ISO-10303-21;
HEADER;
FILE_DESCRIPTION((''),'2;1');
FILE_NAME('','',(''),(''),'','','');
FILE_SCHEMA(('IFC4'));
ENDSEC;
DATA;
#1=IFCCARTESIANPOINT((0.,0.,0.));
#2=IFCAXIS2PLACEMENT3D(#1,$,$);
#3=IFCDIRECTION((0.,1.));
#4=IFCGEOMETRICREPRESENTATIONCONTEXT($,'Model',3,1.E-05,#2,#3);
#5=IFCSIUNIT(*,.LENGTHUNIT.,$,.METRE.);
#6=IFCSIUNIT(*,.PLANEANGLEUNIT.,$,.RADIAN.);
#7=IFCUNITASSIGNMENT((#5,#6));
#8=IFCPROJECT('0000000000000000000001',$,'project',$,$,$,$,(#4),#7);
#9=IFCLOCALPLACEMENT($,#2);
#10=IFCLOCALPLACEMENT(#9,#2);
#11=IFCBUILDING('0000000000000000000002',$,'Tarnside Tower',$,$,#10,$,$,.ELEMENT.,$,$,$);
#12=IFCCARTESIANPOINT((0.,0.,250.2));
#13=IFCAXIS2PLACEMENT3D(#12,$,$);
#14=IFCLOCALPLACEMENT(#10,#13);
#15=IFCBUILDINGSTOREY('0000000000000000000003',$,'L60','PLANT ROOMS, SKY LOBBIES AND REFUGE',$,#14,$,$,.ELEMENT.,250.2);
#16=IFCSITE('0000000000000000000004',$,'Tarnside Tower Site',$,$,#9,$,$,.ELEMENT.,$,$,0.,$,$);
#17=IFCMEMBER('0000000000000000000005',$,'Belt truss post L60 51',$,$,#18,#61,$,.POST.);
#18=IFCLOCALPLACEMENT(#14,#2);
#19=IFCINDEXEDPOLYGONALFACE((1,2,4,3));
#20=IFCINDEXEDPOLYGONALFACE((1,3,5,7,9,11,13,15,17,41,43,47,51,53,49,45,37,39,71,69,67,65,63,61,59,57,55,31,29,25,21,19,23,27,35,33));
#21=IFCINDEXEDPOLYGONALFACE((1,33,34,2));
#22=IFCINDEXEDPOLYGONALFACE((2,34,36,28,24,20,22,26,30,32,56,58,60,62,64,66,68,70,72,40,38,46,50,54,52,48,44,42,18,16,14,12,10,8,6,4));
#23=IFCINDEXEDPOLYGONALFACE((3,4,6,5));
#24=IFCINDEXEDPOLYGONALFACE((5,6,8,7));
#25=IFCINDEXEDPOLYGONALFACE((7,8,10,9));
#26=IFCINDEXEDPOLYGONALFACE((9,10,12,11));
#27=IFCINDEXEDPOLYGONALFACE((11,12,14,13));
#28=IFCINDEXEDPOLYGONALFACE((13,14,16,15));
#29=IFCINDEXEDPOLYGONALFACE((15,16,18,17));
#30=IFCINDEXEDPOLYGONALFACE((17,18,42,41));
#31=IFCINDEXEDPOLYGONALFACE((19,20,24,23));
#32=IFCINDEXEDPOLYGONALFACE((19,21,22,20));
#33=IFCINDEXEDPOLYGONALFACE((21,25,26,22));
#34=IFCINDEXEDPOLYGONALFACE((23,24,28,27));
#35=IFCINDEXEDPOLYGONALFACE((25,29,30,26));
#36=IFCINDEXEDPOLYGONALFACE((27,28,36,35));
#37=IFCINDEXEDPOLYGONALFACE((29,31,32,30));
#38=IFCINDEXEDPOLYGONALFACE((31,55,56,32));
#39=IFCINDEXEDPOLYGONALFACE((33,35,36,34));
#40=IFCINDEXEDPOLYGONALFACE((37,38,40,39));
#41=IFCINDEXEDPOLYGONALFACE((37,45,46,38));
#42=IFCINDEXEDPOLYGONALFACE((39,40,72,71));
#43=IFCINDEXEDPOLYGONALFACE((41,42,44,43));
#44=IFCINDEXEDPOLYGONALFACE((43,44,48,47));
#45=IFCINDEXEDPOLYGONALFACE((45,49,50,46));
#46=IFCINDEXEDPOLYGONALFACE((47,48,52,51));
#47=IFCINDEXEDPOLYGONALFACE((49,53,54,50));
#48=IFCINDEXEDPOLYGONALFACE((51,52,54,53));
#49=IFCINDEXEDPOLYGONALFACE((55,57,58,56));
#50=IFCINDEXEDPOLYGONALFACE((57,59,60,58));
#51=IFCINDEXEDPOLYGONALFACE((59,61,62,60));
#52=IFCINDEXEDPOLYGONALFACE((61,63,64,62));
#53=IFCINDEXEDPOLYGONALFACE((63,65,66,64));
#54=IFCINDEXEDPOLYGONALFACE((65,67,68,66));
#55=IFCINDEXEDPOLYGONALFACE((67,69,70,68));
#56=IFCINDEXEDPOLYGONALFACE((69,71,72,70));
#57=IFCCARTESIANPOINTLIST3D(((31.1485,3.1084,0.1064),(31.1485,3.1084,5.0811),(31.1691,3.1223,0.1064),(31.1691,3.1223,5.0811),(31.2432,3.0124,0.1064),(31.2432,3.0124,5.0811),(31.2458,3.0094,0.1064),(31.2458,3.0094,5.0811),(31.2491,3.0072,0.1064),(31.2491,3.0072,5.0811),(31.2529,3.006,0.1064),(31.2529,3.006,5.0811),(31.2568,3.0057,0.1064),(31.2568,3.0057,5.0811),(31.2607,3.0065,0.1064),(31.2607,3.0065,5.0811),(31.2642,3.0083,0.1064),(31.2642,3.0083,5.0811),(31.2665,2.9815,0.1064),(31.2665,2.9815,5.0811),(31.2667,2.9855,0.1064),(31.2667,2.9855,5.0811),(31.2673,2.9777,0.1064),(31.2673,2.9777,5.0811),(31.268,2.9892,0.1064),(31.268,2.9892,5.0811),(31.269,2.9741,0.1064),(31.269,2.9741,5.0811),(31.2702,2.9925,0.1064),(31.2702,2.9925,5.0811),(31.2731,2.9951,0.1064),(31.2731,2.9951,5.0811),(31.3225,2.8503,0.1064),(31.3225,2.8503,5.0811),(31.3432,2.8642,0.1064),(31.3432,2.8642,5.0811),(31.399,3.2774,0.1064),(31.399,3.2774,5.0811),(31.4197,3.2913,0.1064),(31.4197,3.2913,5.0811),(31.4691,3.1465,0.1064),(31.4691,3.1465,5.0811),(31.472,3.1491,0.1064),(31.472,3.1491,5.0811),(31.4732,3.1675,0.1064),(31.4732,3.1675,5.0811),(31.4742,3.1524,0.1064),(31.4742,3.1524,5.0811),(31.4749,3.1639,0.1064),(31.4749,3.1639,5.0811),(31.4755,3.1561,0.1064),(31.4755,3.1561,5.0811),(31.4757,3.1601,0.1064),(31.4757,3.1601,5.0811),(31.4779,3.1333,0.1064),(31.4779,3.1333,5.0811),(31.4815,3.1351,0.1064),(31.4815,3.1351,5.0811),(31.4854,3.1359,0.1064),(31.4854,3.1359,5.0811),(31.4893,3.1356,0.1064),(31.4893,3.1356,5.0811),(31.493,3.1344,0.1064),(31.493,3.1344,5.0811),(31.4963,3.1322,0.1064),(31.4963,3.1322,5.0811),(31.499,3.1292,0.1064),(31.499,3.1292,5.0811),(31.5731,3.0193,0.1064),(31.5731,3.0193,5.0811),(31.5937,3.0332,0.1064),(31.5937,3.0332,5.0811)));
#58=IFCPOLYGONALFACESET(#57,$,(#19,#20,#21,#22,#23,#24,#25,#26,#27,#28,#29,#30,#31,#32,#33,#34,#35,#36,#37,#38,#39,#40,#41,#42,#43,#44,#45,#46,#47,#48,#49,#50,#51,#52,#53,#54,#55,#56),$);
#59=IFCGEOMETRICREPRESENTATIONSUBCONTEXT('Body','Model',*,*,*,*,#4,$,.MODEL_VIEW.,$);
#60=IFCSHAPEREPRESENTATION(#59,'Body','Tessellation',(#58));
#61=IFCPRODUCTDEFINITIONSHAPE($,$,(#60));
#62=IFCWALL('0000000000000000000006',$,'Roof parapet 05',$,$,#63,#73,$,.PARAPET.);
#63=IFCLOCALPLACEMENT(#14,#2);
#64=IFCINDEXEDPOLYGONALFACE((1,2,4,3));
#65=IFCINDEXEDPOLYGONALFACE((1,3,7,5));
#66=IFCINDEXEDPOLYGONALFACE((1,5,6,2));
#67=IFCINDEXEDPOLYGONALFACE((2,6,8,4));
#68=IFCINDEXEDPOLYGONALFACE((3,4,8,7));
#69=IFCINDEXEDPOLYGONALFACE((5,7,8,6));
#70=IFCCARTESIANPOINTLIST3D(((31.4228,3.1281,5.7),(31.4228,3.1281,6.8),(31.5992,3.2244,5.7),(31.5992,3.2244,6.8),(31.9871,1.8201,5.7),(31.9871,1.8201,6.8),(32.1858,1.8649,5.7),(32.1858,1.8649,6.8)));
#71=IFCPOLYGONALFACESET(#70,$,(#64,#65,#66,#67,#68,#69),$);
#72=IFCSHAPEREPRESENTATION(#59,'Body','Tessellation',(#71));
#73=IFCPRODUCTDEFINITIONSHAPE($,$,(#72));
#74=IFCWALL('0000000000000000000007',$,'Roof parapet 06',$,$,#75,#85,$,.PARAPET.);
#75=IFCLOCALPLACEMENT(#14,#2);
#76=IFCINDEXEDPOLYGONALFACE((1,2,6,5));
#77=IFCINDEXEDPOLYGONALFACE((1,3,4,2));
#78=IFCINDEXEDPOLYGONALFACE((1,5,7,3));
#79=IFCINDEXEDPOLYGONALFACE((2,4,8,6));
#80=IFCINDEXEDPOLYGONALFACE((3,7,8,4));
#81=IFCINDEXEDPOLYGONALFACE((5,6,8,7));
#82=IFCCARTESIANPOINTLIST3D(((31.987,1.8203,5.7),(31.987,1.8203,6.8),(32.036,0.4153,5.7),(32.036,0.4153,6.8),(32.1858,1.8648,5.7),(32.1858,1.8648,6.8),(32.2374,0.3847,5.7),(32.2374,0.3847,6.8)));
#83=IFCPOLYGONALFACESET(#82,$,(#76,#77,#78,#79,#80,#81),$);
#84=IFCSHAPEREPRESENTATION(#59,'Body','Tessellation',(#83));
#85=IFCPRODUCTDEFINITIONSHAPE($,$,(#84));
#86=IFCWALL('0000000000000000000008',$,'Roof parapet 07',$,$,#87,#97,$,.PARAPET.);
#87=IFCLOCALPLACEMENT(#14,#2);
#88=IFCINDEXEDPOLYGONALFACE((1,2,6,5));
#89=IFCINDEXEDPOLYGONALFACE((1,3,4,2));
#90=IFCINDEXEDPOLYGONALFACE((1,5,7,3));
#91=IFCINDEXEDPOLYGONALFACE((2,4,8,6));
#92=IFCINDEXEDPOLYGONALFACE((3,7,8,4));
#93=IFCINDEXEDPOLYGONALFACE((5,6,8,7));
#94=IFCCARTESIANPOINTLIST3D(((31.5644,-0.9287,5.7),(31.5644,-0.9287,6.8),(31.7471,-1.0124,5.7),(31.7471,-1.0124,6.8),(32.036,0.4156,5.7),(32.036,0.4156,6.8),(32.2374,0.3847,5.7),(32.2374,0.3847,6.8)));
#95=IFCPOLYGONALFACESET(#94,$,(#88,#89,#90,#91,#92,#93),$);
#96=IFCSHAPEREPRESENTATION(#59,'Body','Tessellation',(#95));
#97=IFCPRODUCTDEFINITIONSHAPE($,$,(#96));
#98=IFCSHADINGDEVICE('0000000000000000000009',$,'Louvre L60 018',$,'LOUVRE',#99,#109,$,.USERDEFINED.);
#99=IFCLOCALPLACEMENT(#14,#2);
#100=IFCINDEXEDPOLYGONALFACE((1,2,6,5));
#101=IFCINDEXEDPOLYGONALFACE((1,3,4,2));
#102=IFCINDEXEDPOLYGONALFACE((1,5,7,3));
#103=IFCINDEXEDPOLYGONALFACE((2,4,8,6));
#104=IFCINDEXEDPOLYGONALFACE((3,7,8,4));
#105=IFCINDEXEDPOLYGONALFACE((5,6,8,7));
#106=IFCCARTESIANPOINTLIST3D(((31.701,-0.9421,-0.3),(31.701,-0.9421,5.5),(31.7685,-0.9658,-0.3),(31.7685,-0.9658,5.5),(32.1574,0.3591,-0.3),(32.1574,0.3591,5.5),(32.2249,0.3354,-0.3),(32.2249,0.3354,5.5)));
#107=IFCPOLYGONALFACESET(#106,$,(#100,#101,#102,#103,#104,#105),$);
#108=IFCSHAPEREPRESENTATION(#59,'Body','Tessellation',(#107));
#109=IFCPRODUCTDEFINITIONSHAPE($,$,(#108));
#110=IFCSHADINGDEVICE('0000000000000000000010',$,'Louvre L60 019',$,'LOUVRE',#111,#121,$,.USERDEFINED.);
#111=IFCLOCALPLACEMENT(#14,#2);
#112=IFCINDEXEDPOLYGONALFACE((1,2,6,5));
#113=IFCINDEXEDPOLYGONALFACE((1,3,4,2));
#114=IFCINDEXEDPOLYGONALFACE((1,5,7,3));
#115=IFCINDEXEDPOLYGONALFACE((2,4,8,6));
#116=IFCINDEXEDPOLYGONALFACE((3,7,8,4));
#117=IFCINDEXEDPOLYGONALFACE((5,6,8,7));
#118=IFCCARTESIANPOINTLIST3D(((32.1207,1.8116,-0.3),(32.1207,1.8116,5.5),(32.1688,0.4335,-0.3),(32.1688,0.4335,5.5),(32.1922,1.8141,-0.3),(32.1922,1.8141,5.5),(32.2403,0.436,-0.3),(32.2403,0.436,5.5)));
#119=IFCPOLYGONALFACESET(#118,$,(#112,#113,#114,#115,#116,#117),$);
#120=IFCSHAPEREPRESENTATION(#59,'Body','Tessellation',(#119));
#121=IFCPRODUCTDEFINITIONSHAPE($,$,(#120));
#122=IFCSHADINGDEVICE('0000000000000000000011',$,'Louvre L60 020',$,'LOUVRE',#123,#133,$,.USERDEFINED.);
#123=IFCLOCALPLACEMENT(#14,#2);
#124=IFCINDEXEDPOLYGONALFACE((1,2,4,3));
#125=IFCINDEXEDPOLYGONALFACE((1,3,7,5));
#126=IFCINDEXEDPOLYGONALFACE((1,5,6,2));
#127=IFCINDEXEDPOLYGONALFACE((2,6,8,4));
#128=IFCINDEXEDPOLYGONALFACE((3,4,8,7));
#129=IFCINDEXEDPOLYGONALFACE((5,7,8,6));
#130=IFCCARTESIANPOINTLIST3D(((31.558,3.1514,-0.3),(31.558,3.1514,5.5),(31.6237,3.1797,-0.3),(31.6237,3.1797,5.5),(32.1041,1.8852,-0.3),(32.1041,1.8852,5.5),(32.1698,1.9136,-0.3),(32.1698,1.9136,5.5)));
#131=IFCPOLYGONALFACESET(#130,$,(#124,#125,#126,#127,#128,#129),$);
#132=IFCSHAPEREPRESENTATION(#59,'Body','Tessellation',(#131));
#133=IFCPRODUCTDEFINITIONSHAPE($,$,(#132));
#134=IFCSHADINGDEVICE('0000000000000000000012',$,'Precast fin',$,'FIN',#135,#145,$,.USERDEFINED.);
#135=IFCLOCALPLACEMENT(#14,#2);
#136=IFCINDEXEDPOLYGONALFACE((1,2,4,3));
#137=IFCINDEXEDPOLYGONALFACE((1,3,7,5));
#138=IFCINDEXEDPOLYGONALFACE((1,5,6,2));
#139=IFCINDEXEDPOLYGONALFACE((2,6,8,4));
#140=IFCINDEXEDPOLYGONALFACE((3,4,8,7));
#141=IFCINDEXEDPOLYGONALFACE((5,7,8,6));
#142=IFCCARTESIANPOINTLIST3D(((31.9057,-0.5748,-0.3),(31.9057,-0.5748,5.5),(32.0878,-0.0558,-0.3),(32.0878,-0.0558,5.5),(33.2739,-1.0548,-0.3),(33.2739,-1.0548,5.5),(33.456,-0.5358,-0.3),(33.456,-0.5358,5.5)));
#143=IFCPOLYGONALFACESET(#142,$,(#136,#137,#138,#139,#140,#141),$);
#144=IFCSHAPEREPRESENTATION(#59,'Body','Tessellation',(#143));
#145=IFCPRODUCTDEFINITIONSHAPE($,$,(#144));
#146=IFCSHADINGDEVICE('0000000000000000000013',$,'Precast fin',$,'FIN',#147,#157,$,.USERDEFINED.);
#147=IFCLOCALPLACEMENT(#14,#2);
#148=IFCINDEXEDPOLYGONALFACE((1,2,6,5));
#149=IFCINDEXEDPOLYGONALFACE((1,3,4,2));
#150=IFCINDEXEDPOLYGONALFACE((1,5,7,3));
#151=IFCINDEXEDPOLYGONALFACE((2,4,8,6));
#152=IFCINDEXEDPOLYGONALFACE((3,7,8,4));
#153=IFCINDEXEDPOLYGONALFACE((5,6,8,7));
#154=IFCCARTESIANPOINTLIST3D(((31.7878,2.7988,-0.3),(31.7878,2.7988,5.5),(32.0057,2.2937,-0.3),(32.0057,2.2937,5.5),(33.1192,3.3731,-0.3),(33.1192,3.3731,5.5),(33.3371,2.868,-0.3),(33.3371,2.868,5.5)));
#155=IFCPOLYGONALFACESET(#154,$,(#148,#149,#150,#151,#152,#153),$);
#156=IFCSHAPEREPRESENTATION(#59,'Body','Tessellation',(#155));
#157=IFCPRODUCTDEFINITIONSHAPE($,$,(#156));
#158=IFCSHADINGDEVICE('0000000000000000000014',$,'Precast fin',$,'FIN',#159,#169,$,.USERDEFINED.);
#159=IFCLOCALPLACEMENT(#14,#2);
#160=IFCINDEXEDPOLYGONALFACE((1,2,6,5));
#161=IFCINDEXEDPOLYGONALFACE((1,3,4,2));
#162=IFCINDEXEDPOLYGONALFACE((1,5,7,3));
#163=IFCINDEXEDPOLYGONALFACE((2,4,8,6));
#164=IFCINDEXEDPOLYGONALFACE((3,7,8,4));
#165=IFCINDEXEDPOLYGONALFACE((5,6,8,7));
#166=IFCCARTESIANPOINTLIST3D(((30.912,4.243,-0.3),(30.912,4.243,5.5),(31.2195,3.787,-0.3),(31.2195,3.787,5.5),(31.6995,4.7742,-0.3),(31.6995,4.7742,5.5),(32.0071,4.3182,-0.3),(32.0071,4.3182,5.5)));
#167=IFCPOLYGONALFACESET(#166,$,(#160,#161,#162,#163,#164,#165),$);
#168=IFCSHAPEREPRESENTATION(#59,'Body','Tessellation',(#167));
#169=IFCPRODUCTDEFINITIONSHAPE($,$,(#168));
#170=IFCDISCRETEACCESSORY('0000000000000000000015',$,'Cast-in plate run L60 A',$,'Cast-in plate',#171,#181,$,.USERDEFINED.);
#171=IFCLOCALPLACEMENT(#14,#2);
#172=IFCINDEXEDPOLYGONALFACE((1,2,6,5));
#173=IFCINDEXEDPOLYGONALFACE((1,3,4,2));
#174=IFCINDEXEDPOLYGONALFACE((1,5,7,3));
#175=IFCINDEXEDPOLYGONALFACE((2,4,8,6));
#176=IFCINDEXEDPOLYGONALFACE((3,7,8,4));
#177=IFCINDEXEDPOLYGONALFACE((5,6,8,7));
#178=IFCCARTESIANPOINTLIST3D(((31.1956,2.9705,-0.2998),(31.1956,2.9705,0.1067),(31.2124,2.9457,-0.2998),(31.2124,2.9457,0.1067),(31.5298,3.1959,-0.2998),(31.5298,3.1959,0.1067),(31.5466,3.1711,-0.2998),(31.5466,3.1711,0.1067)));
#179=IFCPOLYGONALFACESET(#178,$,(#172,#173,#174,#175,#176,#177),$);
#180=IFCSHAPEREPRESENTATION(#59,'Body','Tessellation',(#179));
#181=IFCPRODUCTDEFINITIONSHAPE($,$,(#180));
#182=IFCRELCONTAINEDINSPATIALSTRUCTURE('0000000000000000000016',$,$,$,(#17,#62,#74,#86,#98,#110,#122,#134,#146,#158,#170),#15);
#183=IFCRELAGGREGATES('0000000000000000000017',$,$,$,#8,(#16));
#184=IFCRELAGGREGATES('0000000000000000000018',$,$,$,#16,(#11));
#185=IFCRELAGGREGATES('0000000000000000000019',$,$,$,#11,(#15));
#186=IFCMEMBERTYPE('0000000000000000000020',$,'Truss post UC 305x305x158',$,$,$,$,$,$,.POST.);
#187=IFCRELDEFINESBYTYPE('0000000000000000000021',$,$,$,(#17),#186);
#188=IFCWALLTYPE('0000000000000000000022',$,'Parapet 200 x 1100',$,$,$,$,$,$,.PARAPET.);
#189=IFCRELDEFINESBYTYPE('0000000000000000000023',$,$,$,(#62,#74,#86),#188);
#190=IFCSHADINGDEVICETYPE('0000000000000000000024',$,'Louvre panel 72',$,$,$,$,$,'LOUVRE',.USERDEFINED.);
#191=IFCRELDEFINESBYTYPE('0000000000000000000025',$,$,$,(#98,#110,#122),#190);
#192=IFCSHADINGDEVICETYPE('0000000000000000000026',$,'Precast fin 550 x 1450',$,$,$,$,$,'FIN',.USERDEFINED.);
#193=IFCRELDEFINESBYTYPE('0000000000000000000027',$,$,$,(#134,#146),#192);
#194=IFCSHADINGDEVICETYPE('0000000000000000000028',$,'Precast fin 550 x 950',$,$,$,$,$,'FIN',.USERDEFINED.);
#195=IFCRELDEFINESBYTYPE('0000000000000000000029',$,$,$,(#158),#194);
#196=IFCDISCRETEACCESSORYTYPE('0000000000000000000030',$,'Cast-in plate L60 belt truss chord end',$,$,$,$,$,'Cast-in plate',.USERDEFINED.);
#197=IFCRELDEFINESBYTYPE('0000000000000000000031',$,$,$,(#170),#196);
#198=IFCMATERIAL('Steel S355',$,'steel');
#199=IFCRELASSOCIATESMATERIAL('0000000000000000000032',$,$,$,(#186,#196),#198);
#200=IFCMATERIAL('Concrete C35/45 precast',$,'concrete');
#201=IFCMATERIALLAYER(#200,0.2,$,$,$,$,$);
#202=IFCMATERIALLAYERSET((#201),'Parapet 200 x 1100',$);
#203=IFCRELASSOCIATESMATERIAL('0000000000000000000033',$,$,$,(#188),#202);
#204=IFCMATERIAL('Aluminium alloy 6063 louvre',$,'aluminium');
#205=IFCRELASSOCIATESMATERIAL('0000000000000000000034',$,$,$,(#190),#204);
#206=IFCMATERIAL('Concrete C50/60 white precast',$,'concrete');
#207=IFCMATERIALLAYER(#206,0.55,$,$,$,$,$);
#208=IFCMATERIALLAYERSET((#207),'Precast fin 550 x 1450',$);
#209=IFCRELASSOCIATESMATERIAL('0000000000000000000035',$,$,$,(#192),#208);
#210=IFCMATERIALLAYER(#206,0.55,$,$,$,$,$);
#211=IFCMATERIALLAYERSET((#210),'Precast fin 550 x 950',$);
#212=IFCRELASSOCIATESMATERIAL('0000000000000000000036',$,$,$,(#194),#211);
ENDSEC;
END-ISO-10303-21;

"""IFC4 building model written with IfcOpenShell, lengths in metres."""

from ifc_helpers import new_model, si_unit, direction, frame, origin, origin_2d, place, context, subcontext, project, spatial, polyline, rectangle, i_section, outline, extrude, material, layer, layer_set, material_profile, profile_set, type_object, element, save


model = new_model("IFC4")

# Units and contexts
model_context = context("Model", 3, precision=1e-05, world=origin(), true_north=direction((0.0, 1.0)))
body_context = subcontext(model_context, "Body", "Model", "MODEL_VIEW")
ifc_project = project(units=[si_unit("LENGTHUNIT", "METRE"), si_unit("PLANEANGLEUNIT", "RADIAN")], contexts=[model_context])

# Site, building, storey
site_placement = place(None, origin())
site = spatial("IfcSite", under=ifc_project, at=site_placement, Name="Tarnside Tower Site", CompositionType="ELEMENT", RefElevation=0.0)
building_placement = place(site_placement, origin())
building = spatial("IfcBuilding", under=site, at=building_placement, Name="Tarnside Tower", CompositionType="ELEMENT")
storey_placement = place(building_placement, frame((0.0, 0.0, 250.2)))
storey = spatial("IfcBuildingStorey", under=building, at=storey_placement, Name="L60", Description="PLANT ROOMS, SKY LOBBIES AND REFUGE", CompositionType="ELEMENT", Elevation=250.2)

# Shared definitions
ifc_material_1 = material(Name="Steel S355", Category="steel")

# Member
ifc_material_profile_1 = material_profile(ifc_material_1, i_section(OverallWidth=0.3113, OverallDepth=0.3271, WebThickness=0.0159, FlangeThickness=0.0249, FilletRadius=0.0151, at=origin_2d()), Name="UC 305x305x158")
ifc_profile_set_1 = profile_set([ifc_material_profile_1], Name="Steel S355")
member_type_1 = type_object("IfcMemberType", Name="Truss post UC 305x305x158", PredefinedType="POST", material=ifc_profile_set_1)
for number, where, z_axis, x_axis, name in (
    (1, (31.3711, 3.0708, 0.1064), (0.0, 0.0, 1.0), (-0.559193, 0.829038, 0.0), "Belt truss post L60 51"),
):
    element("IfcMember", number, at=place(storey_placement, frame(where, z_axis=z_axis, x_axis=x_axis)), inside=storey, type_object=member_type_1, Name=name, PredefinedType="POST", context=body_context, shape_type="SweptSolid", body=[
        extrude(i_section(OverallWidth=0.3113, OverallDepth=0.3271, WebThickness=0.0159, FlangeThickness=0.0249, FilletRadius=0.0151, at=origin_2d()), origin(), (0.0, 0.0, 1.0), 4.9746),
    ])

# Walls
ifc_material_2 = material(Name="Concrete C35/45 precast", Category="concrete")
ifc_layer_1 = layer(ifc_material_2, 0.2)
ifc_layer_set_1 = layer_set([ifc_layer_1], Name="Parapet 200 x 1100")
wall_type = type_object("IfcWallType", Name="Parapet 200 x 1100", PredefinedType="PARAPET", material=ifc_layer_set_1)
wall_1_placement = place(storey_placement, frame((31.511, 3.1763, 5.7), z_axis=(0.0, 0.0, 1.0), x_axis=(0.396149, -0.918186, 0.0)))
element("IfcWall", 2, at=wall_1_placement, inside=storey, type_object=wall_type, Name="Roof parapet 05", PredefinedType="PARAPET", context=body_context, shape_type="SweptSolid", body=[
    extrude(outline(polyline([(0.0093, -0.1001), (1.4338, -0.1001), (1.4714, 0.1001), (-0.0093, 0.1001), (0.0093, -0.1001)])), origin(), (0.0, 0.0, 1.0), 1.1001),
])
wall_2_placement = place(storey_placement, frame((32.0864, 1.8425, 5.7), z_axis=(0.0, 0.0, 1.0), x_axis=(0.034847, -0.999393, 0.0)))
element("IfcWall", 3, at=wall_2_placement, inside=storey, type_object=wall_type, Name="Roof parapet 06", PredefinedType="PARAPET", context=body_context, shape_type="SweptSolid", body=[
    extrude(outline(polyline([(0.0188, -0.1001), (1.4246, -0.1001), (1.4622, 0.1001), (-0.0188, 0.1001), (0.0188, -0.1001)])), origin(), (0.0, 0.0, 1.0), 1.1001),
])
wall_3_placement = place(storey_placement, frame((32.1367, 0.4001, 5.7), z_axis=(0.0, 0.0, 1.0), x_axis=(-0.331114, -0.943591, 0.0)))
element("IfcWall", 4, at=wall_3_placement, inside=storey, type_object=wall_type, Name="Roof parapet 07", PredefinedType="PARAPET", context=body_context, shape_type="SweptSolid", body=[
    extrude(outline(polyline([(0.0188, -0.1001), (1.4434, -0.1001), (1.4619, 0.1001), (-0.0188, 0.1001), (0.0188, -0.1001)])), origin(), (0.0, 0.0, 1.0), 1.1001),
])

# Shading devices
ifc_material_3 = material(Name="Aluminium alloy 6063 louvre", Category="aluminium")
shading_device_type_1 = type_object("IfcShadingDeviceType", Name="Louvre panel 72", ElementType="LOUVRE", PredefinedType="USERDEFINED", material=ifc_material_3)
for number, where, z_axis, x_axis, name in (
    (5, (31.9292, -0.2915, -0.3), (-0.331048, -0.943614, 0.0), (0.943614, -0.331048, 0.0), "Louvre L60 018"),
    (6, (32.1448, 1.1226, -0.3), (0.034882, -0.999391, 0.0), (0.999391, 0.034882, 0.0), "Louvre L60 019"),
    (7, (31.8311, 2.5183, -0.3), (0.396089, -0.918212, 0.0), (0.918212, 0.396089, 0.0), "Louvre L60 020"),
):
    element("IfcShadingDevice", number, at=place(storey_placement, frame(where, z_axis=z_axis, x_axis=x_axis)), inside=storey, type_object=shading_device_type_1, Name=name, ObjectType="LOUVRE", PredefinedType="USERDEFINED", context=body_context, shape_type="SweptSolid", body=[
        extrude(outline(polyline([(0.0, 0.0), (0.0715, 0.0), (0.0715, 5.8), (0.0, 5.8), (0.0, 0.0)])), frame((0.0, 0.0, -0.6895)), (0.0, 0.0, 1.0), 1.3789),
    ])
ifc_material_4 = material(Name="Concrete C50/60 white precast", Category="concrete")
ifc_layer_2 = layer(ifc_material_4, 0.55)
ifc_layer_set_2 = layer_set([ifc_layer_2], Name="Precast fin 550 x 1450")
shading_device_type_2 = type_object("IfcShadingDeviceType", Name="Precast fin 550 x 1450", ElementType="FIN", PredefinedType="USERDEFINED", material=ifc_layer_set_2)
for number, where, z_axis, x_axis, name in (
    (8, (31.9968, -0.3152, -0.3), (-0.331063, -0.943609, 0.0), (0.943609, -0.331063, 0.0), "Precast fin"),
    (9, (31.8967, 2.5464, -0.3), (0.39608, -0.918216, 0.0), (0.918216, 0.39608, 0.0), "Precast fin"),
):
    element("IfcShadingDevice", number, at=place(storey_placement, frame(where, z_axis=z_axis, x_axis=x_axis)), inside=storey, type_object=shading_device_type_2, Name=name, ObjectType="FIN", PredefinedType="USERDEFINED", context=body_context, shape_type="SweptSolid", body=[
        extrude(outline(polyline([(0.0, 0.0), (1.45, 0.0), (1.45, 5.8), (0.0, 5.8), (0.0, 0.0)])), frame((0.0, 0.0, -0.2749)), (0.0, 0.0, 1.0), 0.55),
    ])
ifc_layer_3 = layer(ifc_material_4, 0.55)
ifc_layer_set_3 = layer_set([ifc_layer_3], Name="Precast fin 550 x 950")
shading_device_type_3 = type_object("IfcShadingDeviceType", Name="Precast fin 550 x 950", ElementType="FIN", PredefinedType="USERDEFINED", material=ifc_layer_set_3)
shading_device_placement = place(storey_placement, frame((31.0657, 4.0151, -0.3), z_axis=(0.559193, -0.829038, 0.0), x_axis=(0.829038, 0.559193, 0.0)))
element("IfcShadingDevice", 10, at=shading_device_placement, inside=storey, type_object=shading_device_type_3, Name="Precast fin", ObjectType="FIN", PredefinedType="USERDEFINED", context=body_context, shape_type="SweptSolid", body=[
    extrude(outline(polyline([(0.0, 0.0), (0.95, 0.0), (0.95, 5.8), (0.0, 5.8), (0.0, 0.0)])), frame((0.0, 0.0, -0.2749)), (0.0, 0.0, 1.0), 0.55),
])

# Discrete accessory
discrete_accessory_type = type_object("IfcDiscreteAccessoryType", Name="Cast-in plate L60 belt truss chord end", ElementType="Cast-in plate", PredefinedType="USERDEFINED", material=ifc_material_1)
discrete_accessory_placement = place(storey_placement, frame((31.3711, 3.0708, -0.2998), z_axis=(0.0, 0.0, 1.0), x_axis=(-0.559193, 0.829038, 0.0)))
element("IfcDiscreteAccessory", 11, at=discrete_accessory_placement, inside=storey, type_object=discrete_accessory_type, Name="Cast-in plate run L60 A", ObjectType="Cast-in plate", PredefinedType="USERDEFINED", context=body_context, shape_type="SweptSolid", body=[
    extrude(rectangle(XDim=0.03, YDim=0.4031, at=origin_2d()), origin(), (0.0, 0.0, 1.0), 0.4065),
])

save(model, "model.ifc")
